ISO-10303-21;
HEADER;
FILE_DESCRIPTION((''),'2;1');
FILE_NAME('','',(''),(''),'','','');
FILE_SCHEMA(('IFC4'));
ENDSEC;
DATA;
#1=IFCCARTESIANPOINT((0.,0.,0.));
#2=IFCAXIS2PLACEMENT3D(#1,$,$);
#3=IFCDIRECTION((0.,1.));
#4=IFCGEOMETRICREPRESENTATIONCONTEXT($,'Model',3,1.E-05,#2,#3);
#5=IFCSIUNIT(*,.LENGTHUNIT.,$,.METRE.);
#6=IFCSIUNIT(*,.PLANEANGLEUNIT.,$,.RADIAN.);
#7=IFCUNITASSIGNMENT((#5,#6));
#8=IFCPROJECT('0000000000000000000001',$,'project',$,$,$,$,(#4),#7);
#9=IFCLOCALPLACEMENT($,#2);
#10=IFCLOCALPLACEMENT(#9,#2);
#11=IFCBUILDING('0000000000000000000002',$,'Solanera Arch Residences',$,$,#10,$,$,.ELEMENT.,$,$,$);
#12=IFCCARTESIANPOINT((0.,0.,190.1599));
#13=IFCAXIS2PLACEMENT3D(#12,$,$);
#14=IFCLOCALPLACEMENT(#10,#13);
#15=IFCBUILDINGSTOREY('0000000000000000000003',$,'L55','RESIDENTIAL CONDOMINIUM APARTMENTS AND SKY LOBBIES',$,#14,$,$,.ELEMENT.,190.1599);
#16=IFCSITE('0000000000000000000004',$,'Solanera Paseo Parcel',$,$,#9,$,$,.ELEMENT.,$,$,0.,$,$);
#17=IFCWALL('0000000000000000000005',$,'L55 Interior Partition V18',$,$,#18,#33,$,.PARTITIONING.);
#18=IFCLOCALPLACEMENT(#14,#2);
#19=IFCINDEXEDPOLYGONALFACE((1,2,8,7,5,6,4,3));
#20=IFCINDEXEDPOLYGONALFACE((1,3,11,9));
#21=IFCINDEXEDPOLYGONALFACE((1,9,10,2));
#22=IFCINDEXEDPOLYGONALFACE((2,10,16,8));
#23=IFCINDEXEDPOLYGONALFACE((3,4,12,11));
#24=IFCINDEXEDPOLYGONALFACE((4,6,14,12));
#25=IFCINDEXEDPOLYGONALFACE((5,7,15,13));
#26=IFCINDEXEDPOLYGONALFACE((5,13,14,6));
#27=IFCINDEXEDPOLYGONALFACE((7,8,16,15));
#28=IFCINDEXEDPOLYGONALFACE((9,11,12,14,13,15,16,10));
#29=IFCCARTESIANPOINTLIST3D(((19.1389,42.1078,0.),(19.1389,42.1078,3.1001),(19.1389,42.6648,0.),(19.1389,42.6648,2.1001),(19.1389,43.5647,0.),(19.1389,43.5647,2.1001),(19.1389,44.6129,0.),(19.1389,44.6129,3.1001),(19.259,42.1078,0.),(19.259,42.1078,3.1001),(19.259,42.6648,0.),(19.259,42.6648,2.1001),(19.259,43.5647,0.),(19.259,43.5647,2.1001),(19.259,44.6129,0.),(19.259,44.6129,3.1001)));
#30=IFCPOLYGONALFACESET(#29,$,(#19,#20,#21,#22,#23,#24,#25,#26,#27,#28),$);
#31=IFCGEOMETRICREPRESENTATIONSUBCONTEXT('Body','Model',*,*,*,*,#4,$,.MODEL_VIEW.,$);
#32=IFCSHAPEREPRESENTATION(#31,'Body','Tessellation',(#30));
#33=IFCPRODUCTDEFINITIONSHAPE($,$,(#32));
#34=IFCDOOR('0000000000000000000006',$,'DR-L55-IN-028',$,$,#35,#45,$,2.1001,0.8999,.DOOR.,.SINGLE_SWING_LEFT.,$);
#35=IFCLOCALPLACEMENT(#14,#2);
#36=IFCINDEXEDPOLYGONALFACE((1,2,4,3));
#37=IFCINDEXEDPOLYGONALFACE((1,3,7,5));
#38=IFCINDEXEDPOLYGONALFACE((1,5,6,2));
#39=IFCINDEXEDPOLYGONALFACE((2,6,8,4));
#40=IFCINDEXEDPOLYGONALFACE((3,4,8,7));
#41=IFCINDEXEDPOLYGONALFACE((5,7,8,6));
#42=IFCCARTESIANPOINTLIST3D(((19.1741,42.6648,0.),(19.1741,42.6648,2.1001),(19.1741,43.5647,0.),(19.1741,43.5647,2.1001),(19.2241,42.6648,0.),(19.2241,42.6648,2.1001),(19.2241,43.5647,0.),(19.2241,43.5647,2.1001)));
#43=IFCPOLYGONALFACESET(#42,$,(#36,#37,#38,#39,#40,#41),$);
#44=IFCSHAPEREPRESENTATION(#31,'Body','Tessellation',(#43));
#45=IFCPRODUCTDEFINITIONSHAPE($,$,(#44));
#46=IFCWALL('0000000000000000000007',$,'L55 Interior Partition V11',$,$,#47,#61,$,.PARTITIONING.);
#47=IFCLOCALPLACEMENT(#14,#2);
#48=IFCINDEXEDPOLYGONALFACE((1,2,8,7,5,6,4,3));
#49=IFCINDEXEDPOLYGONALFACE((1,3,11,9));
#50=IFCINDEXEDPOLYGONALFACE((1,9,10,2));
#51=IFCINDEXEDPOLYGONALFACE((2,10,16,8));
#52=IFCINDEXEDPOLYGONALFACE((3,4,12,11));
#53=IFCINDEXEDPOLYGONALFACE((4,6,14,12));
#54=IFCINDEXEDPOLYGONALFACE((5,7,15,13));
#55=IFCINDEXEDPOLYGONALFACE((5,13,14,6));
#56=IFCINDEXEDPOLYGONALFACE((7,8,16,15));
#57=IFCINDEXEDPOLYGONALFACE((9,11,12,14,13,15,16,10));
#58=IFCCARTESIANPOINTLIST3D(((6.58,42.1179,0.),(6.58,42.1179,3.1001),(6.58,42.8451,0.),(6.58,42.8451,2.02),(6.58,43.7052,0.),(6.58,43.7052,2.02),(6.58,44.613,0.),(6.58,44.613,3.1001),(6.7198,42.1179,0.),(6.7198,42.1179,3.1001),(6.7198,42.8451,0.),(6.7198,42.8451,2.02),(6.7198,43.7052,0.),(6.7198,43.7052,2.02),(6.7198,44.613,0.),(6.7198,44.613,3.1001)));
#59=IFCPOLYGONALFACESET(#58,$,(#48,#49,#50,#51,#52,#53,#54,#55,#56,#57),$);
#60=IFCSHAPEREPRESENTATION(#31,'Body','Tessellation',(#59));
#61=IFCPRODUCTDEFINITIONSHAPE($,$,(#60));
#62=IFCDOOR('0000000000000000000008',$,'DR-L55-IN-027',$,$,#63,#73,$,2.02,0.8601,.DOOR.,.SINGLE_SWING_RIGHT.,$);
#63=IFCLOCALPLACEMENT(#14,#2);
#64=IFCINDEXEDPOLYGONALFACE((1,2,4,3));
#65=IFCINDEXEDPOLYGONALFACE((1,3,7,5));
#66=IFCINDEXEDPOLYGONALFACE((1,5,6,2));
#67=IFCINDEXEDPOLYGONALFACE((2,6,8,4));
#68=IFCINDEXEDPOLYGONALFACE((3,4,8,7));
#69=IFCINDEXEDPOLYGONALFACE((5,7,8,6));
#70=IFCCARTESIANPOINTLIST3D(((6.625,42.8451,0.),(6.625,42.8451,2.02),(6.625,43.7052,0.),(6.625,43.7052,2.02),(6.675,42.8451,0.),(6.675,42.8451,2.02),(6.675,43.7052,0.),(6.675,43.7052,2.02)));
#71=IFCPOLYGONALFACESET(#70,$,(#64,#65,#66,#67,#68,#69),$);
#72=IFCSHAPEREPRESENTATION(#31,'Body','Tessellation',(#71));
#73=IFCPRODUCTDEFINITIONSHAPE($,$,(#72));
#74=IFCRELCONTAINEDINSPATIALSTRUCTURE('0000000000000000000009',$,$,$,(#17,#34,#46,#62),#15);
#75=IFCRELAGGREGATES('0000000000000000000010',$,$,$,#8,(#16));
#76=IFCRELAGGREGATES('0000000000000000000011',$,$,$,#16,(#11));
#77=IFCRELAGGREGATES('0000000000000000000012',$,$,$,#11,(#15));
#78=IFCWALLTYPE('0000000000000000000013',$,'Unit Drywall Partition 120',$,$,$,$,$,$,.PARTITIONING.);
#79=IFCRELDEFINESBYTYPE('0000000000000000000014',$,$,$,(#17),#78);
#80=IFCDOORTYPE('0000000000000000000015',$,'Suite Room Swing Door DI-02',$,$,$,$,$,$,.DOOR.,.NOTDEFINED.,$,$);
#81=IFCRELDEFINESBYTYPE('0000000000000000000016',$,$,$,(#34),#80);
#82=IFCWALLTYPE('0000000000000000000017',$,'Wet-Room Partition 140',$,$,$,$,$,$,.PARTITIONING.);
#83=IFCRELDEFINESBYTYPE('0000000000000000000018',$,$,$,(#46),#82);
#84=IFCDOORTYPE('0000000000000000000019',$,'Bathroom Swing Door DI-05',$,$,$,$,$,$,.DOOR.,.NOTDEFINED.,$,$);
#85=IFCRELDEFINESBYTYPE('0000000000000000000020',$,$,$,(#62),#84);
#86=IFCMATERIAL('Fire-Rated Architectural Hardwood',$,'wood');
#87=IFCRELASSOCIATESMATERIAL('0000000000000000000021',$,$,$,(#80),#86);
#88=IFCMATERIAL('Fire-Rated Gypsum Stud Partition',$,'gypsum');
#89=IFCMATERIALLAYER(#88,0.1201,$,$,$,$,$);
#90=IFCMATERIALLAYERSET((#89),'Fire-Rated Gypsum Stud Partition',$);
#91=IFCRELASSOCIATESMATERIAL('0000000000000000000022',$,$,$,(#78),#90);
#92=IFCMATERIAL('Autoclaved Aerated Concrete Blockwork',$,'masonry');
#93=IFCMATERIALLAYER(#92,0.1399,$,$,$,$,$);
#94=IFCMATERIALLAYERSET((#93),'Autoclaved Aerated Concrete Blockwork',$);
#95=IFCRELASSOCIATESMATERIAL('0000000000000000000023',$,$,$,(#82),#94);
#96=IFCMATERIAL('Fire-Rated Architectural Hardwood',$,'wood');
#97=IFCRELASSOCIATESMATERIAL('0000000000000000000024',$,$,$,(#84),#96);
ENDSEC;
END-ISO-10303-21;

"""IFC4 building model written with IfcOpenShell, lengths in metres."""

from ifc_helpers import new_model, si_unit, direction, frame, frame_2d, origin, place, context, subcontext, project, spatial, rectangle, extrude, material, layer, layer_set, type_object, element, fill, save


model = new_model("IFC4")

# Units and contexts
model_context = context("Model", 3, precision=1e-05, world=origin(), true_north=direction((0.0, 1.0)))
body_context = subcontext(model_context, "Body", "Model", "MODEL_VIEW")
ifc_project = project(units=[si_unit("LENGTHUNIT", "METRE"), si_unit("PLANEANGLEUNIT", "RADIAN")], contexts=[model_context])

# Site, building, storey
site_placement = place(None, origin())
site = spatial("IfcSite", under=ifc_project, at=site_placement, Name="Solanera Paseo Parcel", CompositionType="ELEMENT", RefElevation=0.0)
building_placement = place(site_placement, origin())
building = spatial("IfcBuilding", under=site, at=building_placement, Name="Solanera Arch Residences", CompositionType="ELEMENT")
storey_placement = place(building_placement, frame((0.0, 0.0, 190.1599)))
storey = spatial("IfcBuildingStorey", under=building, at=storey_placement, Name="L55", Description="RESIDENTIAL CONDOMINIUM APARTMENTS AND SKY LOBBIES", CompositionType="ELEMENT", Elevation=190.1599)

# Shared definitions
ifc_material_1 = material(Name="Fire-Rated Architectural Hardwood", Category="wood")
door_type_1 = type_object("IfcDoorType", Name="Suite Room Swing Door DI-02", OperationType="NOTDEFINED", PredefinedType="DOOR", material=ifc_material_1)

# Walls, openings, doors
ifc_material_2 = material(Name="Fire-Rated Gypsum Stud Partition", Category="gypsum")
ifc_layer_1 = layer(ifc_material_2, 0.1201)
ifc_layer_set_1 = layer_set([ifc_layer_1], Name="Fire-Rated Gypsum Stud Partition")
wall_type_1 = type_object("IfcWallType", Name="Unit Drywall Partition 120", PredefinedType="PARTITIONING", material=ifc_layer_set_1)
wall_1_placement = place(storey_placement, frame((19.199, 42.1079, 0.0), z_axis=(0.0, 0.0, 1.0), x_axis=(0.0, 1.0, 0.0)))
wall_1 = element("IfcWall", 1, at=wall_1_placement, inside=storey, type_object=wall_type_1, Name="L55 Interior Partition V18", PredefinedType="PARTITIONING", context=body_context, shape_type="SweptSolid", body=[
    extrude(rectangle(XDim=2.5051, YDim=0.1201, at=frame_2d((1.2524, 0.0))), origin(), (0.0, 0.0, 1.0), 3.1001),
])
opening_1_placement = place(wall_1_placement, frame((0.5569, 0.0, 0.0)))
opening_1 = element("IfcOpeningElement", 2, at=opening_1_placement, cuts=wall_1, PredefinedType="OPENING", context=body_context, shape_type="SweptSolid", body=[
    extrude(rectangle(XDim=0.8999, YDim=2.1001, at=frame_2d((0.45, 1.05))), frame((0.0, 0.0701, 0.0), z_axis=(0.0, -1.0, 0.0), x_axis=(1.0, 0.0, 0.0)), (0.0, 0.0, 1.0), 0.1401),
])
door_1_placement = place(opening_1_placement, origin())
door_1 = element("IfcDoor", 3, at=door_1_placement, inside=storey, type_object=door_type_1, Name="DR-L55-IN-028", OperationType="SINGLE_SWING_LEFT", OverallHeight=2.1001, OverallWidth=0.8999, PredefinedType="DOOR", context=body_context, shape_type="SweptSolid", body=[
    extrude(rectangle(XDim=0.8999, YDim=2.1001, at=frame_2d((0.45, 1.05))), frame((0.0, 0.0249, 0.0), z_axis=(0.0, -1.0, 0.0), x_axis=(1.0, 0.0, 0.0)), (0.0, 0.0, 1.0), 0.05),
])
fill(opening_1, door_1)
ifc_material_3 = material(Name="Autoclaved Aerated Concrete Blockwork", Category="masonry")
ifc_layer_2 = layer(ifc_material_3, 0.1399)
ifc_layer_set_2 = layer_set([ifc_layer_2], Name="Autoclaved Aerated Concrete Blockwork")
wall_type_2 = type_object("IfcWallType", Name="Wet-Room Partition 140", PredefinedType="PARTITIONING", material=ifc_layer_set_2)
wall_2_placement = place(storey_placement, frame((6.6499, 42.1179, 0.0), z_axis=(0.0, 0.0, 1.0), x_axis=(0.0, 1.0, 0.0)))
wall_2 = element("IfcWall", 4, at=wall_2_placement, inside=storey, type_object=wall_type_2, Name="L55 Interior Partition V11", PredefinedType="PARTITIONING", context=body_context, shape_type="SweptSolid", body=[
    extrude(rectangle(XDim=2.4951, YDim=0.1399, at=frame_2d((1.2476, 0.0))), origin(), (0.0, 0.0, 1.0), 3.1001),
])
opening_2_placement = place(wall_2_placement, frame((0.7271, 0.0, 0.0)))
opening_2 = element("IfcOpeningElement", 5, at=opening_2_placement, cuts=wall_2, PredefinedType="OPENING", context=body_context, shape_type="SweptSolid", body=[
    extrude(rectangle(XDim=0.8601, YDim=2.02, at=frame_2d((0.4302, 1.01))), frame((0.0, 0.0798, 0.0), z_axis=(0.0, -1.0, 0.0), x_axis=(1.0, 0.0, 0.0)), (0.0, 0.0, 1.0), 0.1599),
])
ifc_material_4 = material(Name="Fire-Rated Architectural Hardwood", Category="wood")
door_type_2 = type_object("IfcDoorType", Name="Bathroom Swing Door DI-05", OperationType="NOTDEFINED", PredefinedType="DOOR", material=ifc_material_4)
door_2_placement = place(opening_2_placement, origin())
door_2 = element("IfcDoor", 6, at=door_2_placement, inside=storey, type_object=door_type_2, Name="DR-L55-IN-027", OperationType="SINGLE_SWING_RIGHT", OverallHeight=2.02, OverallWidth=0.8601, PredefinedType="DOOR", context=body_context, shape_type="SweptSolid", body=[
    extrude(rectangle(XDim=0.8601, YDim=2.02, at=frame_2d((0.4302, 1.01))), frame((0.0, 0.0249, 0.0), z_axis=(0.0, -1.0, 0.0), x_axis=(1.0, 0.0, 0.0)), (0.0, 0.0, 1.0), 0.05),
])
fill(opening_2, door_2)

save(model, "model.ifc")
